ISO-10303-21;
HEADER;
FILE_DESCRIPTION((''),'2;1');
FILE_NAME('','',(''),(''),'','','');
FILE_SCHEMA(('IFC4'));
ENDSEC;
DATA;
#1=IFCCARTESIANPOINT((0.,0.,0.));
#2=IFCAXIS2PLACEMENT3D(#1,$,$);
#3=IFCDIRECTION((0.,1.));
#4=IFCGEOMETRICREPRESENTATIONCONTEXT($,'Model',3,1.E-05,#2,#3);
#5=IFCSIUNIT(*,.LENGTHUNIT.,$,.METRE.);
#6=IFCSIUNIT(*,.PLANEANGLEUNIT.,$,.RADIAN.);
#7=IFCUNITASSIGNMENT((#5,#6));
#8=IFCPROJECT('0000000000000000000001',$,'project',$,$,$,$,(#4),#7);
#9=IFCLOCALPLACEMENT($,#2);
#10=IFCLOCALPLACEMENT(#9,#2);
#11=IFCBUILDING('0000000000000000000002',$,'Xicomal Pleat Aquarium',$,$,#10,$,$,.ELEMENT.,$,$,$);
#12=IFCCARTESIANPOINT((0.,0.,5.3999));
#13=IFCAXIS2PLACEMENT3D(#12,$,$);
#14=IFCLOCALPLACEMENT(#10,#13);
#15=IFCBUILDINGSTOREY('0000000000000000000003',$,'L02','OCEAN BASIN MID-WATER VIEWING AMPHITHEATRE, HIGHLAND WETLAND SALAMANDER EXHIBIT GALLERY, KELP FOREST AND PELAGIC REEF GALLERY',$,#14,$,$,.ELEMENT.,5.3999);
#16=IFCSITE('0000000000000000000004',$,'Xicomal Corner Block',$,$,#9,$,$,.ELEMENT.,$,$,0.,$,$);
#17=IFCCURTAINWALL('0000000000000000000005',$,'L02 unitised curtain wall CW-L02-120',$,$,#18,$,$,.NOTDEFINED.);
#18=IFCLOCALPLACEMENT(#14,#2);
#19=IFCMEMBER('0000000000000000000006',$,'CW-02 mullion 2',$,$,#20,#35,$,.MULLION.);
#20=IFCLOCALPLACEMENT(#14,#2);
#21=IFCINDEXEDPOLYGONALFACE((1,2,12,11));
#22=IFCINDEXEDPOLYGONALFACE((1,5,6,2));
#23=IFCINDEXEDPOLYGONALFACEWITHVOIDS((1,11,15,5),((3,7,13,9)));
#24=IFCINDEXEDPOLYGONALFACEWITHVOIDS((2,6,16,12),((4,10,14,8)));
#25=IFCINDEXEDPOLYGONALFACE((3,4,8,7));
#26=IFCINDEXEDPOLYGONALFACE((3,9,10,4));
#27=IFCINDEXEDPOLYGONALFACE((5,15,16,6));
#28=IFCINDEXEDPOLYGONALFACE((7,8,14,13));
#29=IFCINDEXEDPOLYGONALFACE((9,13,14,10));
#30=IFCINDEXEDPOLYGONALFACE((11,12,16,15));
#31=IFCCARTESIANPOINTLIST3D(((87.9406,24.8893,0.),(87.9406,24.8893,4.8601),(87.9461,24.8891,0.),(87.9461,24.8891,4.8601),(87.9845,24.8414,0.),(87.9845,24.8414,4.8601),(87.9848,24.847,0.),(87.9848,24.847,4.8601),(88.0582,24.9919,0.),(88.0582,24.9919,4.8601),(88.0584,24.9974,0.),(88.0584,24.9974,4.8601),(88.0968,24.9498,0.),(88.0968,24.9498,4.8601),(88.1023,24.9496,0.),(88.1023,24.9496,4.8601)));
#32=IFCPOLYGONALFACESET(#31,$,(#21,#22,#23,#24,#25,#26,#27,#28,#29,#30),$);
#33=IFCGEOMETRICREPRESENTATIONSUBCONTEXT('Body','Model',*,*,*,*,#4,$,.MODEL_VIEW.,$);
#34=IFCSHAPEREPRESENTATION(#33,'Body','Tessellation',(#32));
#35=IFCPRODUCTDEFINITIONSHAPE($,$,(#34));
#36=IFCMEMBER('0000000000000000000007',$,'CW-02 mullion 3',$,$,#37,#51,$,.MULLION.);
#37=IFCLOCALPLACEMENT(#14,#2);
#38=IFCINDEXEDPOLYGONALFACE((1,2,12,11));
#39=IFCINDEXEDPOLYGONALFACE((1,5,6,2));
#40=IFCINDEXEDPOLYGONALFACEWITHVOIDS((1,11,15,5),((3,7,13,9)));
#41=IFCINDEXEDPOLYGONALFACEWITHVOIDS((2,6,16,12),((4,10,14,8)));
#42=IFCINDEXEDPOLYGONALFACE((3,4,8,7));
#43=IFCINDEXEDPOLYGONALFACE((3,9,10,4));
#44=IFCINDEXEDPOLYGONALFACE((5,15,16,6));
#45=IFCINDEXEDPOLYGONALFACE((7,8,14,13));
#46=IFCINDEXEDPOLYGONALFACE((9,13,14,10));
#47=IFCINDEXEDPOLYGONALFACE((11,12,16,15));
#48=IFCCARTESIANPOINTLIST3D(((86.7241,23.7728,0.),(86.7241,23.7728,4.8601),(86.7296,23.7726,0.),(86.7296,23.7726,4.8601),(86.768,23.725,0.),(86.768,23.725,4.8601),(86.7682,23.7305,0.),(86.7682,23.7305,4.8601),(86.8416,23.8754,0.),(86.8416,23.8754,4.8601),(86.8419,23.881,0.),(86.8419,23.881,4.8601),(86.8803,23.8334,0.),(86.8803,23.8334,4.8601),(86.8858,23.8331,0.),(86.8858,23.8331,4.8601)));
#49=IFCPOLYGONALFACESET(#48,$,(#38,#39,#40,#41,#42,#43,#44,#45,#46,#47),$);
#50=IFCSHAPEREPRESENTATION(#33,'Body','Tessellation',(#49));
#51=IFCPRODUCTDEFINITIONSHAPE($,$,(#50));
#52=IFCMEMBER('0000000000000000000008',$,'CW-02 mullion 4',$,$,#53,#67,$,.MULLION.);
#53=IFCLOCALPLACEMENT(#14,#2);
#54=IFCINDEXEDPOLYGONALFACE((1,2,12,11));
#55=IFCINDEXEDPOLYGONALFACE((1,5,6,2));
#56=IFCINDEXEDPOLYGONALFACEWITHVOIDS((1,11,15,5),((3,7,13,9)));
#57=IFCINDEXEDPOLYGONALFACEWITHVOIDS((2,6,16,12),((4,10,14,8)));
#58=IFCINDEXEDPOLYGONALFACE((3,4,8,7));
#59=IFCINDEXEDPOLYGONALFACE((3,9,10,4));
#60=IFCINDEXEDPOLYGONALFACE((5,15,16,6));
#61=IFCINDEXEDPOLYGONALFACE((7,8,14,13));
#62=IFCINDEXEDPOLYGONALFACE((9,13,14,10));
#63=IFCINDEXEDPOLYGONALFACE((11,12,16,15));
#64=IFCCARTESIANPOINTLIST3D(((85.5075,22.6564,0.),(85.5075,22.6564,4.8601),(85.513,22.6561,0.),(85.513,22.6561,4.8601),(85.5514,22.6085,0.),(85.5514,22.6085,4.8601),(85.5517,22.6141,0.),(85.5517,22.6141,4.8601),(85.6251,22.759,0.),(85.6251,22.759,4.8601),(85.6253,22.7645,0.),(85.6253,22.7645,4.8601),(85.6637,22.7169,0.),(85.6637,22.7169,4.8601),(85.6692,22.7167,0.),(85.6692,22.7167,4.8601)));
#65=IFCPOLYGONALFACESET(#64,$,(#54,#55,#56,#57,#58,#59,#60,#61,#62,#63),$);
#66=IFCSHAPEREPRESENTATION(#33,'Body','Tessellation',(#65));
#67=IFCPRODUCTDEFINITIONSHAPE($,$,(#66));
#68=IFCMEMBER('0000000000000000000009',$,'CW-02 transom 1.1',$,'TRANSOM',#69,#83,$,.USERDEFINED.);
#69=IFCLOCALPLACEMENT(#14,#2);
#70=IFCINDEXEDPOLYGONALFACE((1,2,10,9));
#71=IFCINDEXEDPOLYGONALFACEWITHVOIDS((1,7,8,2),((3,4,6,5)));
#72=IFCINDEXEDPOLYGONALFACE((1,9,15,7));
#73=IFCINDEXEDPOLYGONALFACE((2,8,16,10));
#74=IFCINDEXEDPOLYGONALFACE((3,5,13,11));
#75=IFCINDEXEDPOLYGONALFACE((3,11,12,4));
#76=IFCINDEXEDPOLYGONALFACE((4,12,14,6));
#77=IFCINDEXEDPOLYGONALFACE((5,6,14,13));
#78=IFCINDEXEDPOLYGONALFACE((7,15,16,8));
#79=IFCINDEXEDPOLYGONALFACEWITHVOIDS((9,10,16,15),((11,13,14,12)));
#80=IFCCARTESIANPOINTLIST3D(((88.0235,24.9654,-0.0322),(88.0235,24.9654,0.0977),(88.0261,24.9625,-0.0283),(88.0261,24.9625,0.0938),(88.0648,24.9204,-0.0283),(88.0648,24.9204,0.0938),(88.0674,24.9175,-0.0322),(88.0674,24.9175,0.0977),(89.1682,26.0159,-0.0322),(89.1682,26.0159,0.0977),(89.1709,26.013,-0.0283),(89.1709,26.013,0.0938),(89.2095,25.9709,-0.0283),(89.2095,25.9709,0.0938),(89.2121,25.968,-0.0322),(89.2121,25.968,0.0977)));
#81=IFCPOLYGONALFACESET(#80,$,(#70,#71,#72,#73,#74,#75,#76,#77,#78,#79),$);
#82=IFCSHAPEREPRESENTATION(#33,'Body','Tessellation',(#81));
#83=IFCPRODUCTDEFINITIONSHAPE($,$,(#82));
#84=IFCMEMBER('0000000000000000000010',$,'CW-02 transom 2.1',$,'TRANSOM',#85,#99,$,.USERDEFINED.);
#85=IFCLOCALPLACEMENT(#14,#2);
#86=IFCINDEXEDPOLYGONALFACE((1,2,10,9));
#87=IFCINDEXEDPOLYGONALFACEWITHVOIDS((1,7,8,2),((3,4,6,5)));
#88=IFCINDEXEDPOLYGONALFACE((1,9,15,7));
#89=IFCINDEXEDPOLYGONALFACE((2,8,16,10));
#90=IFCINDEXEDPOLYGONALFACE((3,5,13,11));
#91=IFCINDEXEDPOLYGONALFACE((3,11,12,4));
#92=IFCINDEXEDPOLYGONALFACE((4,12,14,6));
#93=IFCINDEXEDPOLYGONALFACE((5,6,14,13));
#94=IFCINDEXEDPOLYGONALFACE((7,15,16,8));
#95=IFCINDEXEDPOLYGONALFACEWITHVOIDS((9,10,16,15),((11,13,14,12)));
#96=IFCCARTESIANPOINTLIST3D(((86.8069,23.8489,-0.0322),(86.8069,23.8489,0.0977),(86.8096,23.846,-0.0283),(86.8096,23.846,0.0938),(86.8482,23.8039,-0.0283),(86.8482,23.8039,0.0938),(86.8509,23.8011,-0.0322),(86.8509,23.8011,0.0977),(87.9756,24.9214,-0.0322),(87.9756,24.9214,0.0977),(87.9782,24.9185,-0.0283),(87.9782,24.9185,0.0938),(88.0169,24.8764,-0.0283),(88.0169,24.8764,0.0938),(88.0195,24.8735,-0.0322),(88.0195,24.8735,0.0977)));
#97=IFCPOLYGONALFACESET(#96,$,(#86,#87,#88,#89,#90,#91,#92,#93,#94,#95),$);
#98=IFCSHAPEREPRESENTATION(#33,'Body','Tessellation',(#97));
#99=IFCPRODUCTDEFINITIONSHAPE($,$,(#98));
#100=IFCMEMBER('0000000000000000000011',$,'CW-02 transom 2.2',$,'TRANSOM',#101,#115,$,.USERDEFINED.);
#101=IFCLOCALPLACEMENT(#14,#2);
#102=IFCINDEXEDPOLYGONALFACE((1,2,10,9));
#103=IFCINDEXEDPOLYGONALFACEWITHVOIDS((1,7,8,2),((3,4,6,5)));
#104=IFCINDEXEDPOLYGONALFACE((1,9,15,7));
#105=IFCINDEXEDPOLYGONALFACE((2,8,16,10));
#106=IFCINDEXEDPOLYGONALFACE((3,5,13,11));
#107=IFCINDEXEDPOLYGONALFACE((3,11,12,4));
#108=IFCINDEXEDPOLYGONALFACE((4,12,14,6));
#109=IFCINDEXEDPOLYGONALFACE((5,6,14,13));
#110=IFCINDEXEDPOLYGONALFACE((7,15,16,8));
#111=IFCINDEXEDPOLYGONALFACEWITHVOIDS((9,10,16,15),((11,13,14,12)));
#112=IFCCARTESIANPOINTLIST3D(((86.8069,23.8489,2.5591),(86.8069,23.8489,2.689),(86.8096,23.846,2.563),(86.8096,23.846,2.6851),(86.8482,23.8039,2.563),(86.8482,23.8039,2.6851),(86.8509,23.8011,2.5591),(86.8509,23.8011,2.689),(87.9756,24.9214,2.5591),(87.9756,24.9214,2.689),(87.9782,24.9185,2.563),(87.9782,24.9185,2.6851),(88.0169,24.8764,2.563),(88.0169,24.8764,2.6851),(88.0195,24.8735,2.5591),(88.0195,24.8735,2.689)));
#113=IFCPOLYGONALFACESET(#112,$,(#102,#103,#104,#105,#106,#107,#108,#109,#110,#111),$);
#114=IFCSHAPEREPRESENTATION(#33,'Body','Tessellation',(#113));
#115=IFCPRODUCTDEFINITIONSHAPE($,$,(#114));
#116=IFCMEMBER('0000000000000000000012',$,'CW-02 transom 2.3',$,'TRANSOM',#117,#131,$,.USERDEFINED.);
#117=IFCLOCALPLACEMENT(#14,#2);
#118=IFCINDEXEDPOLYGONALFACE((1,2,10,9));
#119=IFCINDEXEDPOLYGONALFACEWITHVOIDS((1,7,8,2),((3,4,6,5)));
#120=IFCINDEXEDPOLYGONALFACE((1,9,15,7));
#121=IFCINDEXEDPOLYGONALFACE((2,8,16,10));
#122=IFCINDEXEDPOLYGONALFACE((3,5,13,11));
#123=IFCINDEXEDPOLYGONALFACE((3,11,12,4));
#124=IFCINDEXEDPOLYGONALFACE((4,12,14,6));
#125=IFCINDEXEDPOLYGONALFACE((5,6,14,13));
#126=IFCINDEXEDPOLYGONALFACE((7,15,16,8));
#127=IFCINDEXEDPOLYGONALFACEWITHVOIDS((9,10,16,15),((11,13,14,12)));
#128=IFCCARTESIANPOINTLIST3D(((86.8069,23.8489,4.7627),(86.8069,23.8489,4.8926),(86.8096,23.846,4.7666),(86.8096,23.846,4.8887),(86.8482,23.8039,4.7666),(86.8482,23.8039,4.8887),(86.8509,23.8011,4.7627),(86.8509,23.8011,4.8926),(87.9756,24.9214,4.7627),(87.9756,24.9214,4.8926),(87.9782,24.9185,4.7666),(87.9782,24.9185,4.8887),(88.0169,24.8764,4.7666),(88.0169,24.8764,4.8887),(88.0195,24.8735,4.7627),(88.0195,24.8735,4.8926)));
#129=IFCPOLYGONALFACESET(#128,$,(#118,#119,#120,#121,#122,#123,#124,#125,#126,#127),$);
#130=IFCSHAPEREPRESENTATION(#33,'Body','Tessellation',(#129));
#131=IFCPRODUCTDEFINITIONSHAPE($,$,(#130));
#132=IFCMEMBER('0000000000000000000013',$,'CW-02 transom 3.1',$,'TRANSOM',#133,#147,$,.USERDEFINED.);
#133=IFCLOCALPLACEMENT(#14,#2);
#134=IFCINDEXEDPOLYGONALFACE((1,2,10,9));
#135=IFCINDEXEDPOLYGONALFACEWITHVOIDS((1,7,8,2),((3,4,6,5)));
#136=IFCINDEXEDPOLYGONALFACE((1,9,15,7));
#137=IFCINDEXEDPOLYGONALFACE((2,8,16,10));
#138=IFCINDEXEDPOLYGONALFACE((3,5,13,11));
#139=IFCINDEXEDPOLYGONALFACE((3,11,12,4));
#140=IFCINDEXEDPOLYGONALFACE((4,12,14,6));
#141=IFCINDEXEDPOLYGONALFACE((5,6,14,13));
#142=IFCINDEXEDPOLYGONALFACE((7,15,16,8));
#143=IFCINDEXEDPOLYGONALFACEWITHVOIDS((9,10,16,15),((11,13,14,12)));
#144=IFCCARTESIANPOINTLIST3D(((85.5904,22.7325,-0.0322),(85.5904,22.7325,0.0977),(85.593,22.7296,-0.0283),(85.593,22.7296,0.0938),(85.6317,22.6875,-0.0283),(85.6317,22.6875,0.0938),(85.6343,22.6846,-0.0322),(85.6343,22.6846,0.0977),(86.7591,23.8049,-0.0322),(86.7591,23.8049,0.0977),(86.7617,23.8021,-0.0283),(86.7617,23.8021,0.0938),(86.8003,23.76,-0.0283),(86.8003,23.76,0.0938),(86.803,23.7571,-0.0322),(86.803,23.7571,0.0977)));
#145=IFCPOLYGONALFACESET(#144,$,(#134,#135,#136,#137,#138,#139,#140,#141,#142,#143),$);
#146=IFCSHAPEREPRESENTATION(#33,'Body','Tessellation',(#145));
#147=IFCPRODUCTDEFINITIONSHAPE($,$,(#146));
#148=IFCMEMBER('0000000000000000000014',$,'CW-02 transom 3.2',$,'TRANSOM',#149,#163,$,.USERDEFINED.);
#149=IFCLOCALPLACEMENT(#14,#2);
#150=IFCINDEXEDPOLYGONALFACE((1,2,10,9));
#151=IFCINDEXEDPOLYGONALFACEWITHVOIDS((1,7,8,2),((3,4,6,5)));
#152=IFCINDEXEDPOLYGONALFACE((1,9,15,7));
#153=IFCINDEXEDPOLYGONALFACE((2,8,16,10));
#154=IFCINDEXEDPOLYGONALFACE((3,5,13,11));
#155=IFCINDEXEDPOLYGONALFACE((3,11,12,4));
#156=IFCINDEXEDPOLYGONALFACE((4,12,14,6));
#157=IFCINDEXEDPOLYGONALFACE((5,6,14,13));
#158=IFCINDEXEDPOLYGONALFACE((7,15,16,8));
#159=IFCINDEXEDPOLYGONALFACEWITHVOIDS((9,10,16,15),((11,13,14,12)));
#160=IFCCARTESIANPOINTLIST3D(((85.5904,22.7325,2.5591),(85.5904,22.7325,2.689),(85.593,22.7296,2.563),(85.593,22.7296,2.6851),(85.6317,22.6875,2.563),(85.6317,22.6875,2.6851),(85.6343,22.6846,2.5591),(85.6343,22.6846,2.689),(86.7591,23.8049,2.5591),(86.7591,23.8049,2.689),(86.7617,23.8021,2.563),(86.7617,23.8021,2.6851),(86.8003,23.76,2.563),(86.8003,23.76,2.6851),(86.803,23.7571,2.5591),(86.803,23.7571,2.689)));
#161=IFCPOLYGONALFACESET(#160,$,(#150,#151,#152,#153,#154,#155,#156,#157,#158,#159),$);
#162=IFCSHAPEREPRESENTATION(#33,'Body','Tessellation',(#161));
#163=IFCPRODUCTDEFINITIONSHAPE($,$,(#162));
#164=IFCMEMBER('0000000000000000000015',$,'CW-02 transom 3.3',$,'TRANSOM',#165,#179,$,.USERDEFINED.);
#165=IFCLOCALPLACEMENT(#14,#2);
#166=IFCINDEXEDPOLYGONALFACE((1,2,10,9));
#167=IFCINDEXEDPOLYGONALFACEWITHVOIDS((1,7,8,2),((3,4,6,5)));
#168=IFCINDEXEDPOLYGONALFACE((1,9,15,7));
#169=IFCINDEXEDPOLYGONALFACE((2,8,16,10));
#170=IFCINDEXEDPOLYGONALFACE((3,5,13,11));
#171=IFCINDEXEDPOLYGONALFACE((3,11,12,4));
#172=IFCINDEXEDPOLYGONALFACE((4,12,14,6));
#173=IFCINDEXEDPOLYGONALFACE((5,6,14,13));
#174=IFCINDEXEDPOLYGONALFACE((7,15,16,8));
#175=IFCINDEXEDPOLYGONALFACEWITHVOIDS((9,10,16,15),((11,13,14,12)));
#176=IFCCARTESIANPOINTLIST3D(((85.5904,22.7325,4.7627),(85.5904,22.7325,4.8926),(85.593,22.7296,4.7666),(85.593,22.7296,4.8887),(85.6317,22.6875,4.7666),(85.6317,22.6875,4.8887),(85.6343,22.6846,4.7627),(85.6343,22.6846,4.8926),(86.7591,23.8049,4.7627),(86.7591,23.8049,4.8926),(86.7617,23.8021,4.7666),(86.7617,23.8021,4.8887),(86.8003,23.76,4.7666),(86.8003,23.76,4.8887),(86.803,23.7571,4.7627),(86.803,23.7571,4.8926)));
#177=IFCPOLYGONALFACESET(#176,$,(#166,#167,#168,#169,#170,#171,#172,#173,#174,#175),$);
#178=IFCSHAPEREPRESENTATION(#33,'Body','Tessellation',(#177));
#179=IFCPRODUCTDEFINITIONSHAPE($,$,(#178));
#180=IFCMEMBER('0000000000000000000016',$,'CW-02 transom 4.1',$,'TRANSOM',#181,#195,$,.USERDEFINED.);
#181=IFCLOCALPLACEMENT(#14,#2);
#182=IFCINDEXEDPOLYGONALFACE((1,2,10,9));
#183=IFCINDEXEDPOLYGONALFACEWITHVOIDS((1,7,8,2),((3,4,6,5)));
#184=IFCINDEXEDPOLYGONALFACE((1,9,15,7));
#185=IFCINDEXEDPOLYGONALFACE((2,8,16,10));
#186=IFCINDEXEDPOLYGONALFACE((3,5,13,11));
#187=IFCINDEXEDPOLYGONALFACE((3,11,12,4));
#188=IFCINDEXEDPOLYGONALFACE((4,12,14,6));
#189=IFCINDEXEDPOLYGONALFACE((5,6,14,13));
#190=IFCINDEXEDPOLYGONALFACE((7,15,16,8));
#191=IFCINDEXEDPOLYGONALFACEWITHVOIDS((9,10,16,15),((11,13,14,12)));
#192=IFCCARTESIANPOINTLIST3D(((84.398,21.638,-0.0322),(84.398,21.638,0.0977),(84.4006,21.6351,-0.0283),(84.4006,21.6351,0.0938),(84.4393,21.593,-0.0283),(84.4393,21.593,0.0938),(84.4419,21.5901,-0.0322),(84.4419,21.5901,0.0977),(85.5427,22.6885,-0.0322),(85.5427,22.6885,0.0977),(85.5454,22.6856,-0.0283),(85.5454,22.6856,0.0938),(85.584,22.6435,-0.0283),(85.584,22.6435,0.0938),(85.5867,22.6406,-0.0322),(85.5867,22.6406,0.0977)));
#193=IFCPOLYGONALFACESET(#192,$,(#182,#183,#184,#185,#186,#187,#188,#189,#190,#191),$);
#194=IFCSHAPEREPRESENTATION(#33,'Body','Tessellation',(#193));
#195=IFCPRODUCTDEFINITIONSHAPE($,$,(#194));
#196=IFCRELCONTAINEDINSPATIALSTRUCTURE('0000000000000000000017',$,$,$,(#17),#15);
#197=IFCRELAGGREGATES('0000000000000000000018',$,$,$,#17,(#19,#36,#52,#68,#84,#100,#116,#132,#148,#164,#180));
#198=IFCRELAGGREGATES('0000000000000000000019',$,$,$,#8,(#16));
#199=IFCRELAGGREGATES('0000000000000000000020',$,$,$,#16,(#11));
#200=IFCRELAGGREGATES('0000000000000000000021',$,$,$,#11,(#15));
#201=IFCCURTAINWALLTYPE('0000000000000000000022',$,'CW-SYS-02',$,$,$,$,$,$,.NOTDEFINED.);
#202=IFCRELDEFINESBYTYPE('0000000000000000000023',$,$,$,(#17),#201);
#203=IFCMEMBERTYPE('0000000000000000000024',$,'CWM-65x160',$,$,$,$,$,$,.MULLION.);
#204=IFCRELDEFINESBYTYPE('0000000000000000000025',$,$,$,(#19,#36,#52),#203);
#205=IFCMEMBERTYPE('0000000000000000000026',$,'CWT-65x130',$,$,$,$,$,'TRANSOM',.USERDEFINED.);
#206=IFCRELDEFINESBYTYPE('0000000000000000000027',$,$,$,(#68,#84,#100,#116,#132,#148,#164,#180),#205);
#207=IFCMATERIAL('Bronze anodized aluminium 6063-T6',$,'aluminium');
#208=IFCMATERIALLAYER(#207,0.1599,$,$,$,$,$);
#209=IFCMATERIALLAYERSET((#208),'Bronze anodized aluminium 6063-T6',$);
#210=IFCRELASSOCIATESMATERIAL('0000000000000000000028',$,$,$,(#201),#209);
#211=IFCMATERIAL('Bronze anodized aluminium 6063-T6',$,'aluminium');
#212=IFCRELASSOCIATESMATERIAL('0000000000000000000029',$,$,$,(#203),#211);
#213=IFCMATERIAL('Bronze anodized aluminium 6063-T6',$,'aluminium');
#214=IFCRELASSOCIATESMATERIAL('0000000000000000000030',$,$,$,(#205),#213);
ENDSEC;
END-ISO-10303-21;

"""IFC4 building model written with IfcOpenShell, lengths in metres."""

from ifc_helpers import new_model, si_unit, direction, frame, origin, origin_2d, place, context, subcontext, project, spatial, hollow_rectangle, extrude, material, layer, layer_set, material_profile, profile_set, type_object, element, aggregate, save


model = new_model("IFC4")

# Units and contexts
model_context = context("Model", 3, precision=1e-05, world=origin(), true_north=direction((0.0, 1.0)))
body_context = subcontext(model_context, "Body", "Model", "MODEL_VIEW")
ifc_project = project(units=[si_unit("LENGTHUNIT", "METRE"), si_unit("PLANEANGLEUNIT", "RADIAN")], contexts=[model_context])

# Site, building, storey
site_placement = place(None, origin())
site = spatial("IfcSite", under=ifc_project, at=site_placement, Name="Xicomal Corner Block", CompositionType="ELEMENT", RefElevation=0.0)
building_placement = place(site_placement, origin())
building = spatial("IfcBuilding", under=site, at=building_placement, Name="Xicomal Pleat Aquarium", CompositionType="ELEMENT")
storey_placement = place(building_placement, frame((0.0, 0.0, 5.3999)))
storey = spatial("IfcBuildingStorey", under=building, at=storey_placement, Name="L02", Description="OCEAN BASIN MID-WATER VIEWING AMPHITHEATRE, HIGHLAND WETLAND SALAMANDER EXHIBIT GALLERY, KELP FOREST AND PELAGIC REEF GALLERY", CompositionType="ELEMENT", Elevation=5.3999)

# Curtain wall, members
ifc_material_1 = material(Name="Bronze anodized aluminium 6063-T6", Category="aluminium")
ifc_layer_1 = layer(ifc_material_1, 0.1599)
ifc_layer_set_1 = layer_set([ifc_layer_1], Name="Bronze anodized aluminium 6063-T6")
curtain_wall_type = type_object("IfcCurtainWallType", Name="CW-SYS-02", PredefinedType="NOTDEFINED", material=ifc_layer_set_1)
curtain_wall_placement = place(storey_placement, origin())
curtain_wall = element("IfcCurtainWall", 1, at=curtain_wall_placement, inside=storey, type_object=curtain_wall_type, Name="L02 unitised curtain wall CW-L02-120", PredefinedType="NOTDEFINED")
ifc_material_2 = material(Name="Bronze anodized aluminium 6063-T6", Category="aluminium")
ifc_material_profile_1 = material_profile(ifc_material_2, hollow_rectangle(XDim=0.0649, YDim=0.1599, WallThickness=0.0039, at=origin_2d()), Name="ALU MULL 65x160")
ifc_profile_set_1 = profile_set([ifc_material_profile_1], Name="Bronze anodized aluminium 6063-T6")
member_type_1 = type_object("IfcMemberType", Name="CWM-65x160", PredefinedType="MULLION", material=ifc_profile_set_1)
member_1_placement = place(storey_placement, frame((88.0215, 24.9194, 0.0), z_axis=(0.0, 0.0, 1.0), x_axis=(0.676177, -0.736739, 0.0)))
member_1 = element("IfcMember", 2, at=member_1_placement, type_object=member_type_1, Name="CW-02 mullion 2", PredefinedType="MULLION", context=body_context, shape_type="SweptSolid", body=[
    extrude(hollow_rectangle(XDim=0.0649, YDim=0.1599, WallThickness=0.0039, at=origin_2d()), origin(), (0.0, 0.0, 1.0), 4.8601),
])
member_2_placement = place(storey_placement, frame((86.8049, 23.803, 0.0), z_axis=(0.0, 0.0, 1.0), x_axis=(0.676177, -0.736739, 0.0)))
member_2 = element("IfcMember", 3, at=member_2_placement, type_object=member_type_1, Name="CW-02 mullion 3", PredefinedType="MULLION", context=body_context, shape_type="SweptSolid", body=[
    extrude(hollow_rectangle(XDim=0.0649, YDim=0.1599, WallThickness=0.0039, at=origin_2d()), origin(), (0.0, 0.0, 1.0), 4.8601),
])
member_3_placement = place(storey_placement, frame((85.5884, 22.6865, 0.0), z_axis=(0.0, 0.0, 1.0), x_axis=(0.676177, -0.736739, 0.0)))
member_3 = element("IfcMember", 4, at=member_3_placement, type_object=member_type_1, Name="CW-02 mullion 4", PredefinedType="MULLION", context=body_context, shape_type="SweptSolid", body=[
    extrude(hollow_rectangle(XDim=0.0649, YDim=0.1599, WallThickness=0.0039, at=origin_2d()), origin(), (0.0, 0.0, 1.0), 4.8601),
])
ifc_material_3 = material(Name="Bronze anodized aluminium 6063-T6", Category="aluminium")
ifc_material_profile_2 = material_profile(ifc_material_3, hollow_rectangle(XDim=0.0649, YDim=0.1299, WallThickness=0.0039, at=origin_2d()), Name="ALU TRAN 65x130")
ifc_profile_set_2 = profile_set([ifc_material_profile_2], Name="Bronze anodized aluminium 6063-T6")
member_type_2 = type_object("IfcMemberType", Name="CWT-65x130", ElementType="TRANSOM", PredefinedType="USERDEFINED", material=ifc_profile_set_2)
member_4_placement = place(storey_placement, frame((89.1902, 25.9919, 0.0327), z_axis=(-0.736782, -0.67613, 0.0), x_axis=(0.67613, -0.736782, 0.0)))
member_4 = element("IfcMember", 5, at=member_4_placement, type_object=member_type_2, Name="CW-02 transom 1.1", ObjectType="TRANSOM", PredefinedType="USERDEFINED", context=body_context, shape_type="SweptSolid", body=[
    extrude(hollow_rectangle(XDim=0.0649, YDim=0.1299, WallThickness=0.0039, at=origin_2d()), origin(), (0.0, 0.0, 1.0), 1.5537),
])
member_5_placement = place(storey_placement, frame((87.9976, 24.8975, 0.0327), z_axis=(-0.736777, -0.676136, 0.0), x_axis=(0.676136, -0.736777, 0.0)))
member_5 = element("IfcMember", 6, at=member_5_placement, type_object=member_type_2, Name="CW-02 transom 2.1", ObjectType="TRANSOM", PredefinedType="USERDEFINED", context=body_context, shape_type="SweptSolid", body=[
    extrude(hollow_rectangle(XDim=0.0649, YDim=0.1299, WallThickness=0.0039, at=origin_2d()), origin(), (0.0, 0.0, 1.0), 1.5862),
])
member_6_placement = place(storey_placement, frame((87.9976, 24.8975, 2.624), z_axis=(-0.736777, -0.676136, 0.0), x_axis=(0.676136, -0.736777, 0.0)))
member_6 = element("IfcMember", 7, at=member_6_placement, type_object=member_type_2, Name="CW-02 transom 2.2", ObjectType="TRANSOM", PredefinedType="USERDEFINED", context=body_context, shape_type="SweptSolid", body=[
    extrude(hollow_rectangle(XDim=0.0649, YDim=0.1299, WallThickness=0.0039, at=origin_2d()), origin(), (0.0, 0.0, 1.0), 1.5862),
])
member_7_placement = place(storey_placement, frame((87.9976, 24.8975, 4.8276), z_axis=(-0.736777, -0.676136, 0.0), x_axis=(0.676136, -0.736777, 0.0)))
member_7 = element("IfcMember", 8, at=member_7_placement, type_object=member_type_2, Name="CW-02 transom 2.3", ObjectType="TRANSOM", PredefinedType="USERDEFINED", context=body_context, shape_type="SweptSolid", body=[
    extrude(hollow_rectangle(XDim=0.0649, YDim=0.1299, WallThickness=0.0039, at=origin_2d()), origin(), (0.0, 0.0, 1.0), 1.5862),
])
member_8_placement = place(storey_placement, frame((86.781, 23.781, 0.0327), z_axis=(-0.736777, -0.676136, 0.0), x_axis=(0.676136, -0.736777, 0.0)))
member_8 = element("IfcMember", 9, at=member_8_placement, type_object=member_type_2, Name="CW-02 transom 3.1", ObjectType="TRANSOM", PredefinedType="USERDEFINED", context=body_context, shape_type="SweptSolid", body=[
    extrude(hollow_rectangle(XDim=0.0649, YDim=0.1299, WallThickness=0.0039, at=origin_2d()), origin(), (0.0, 0.0, 1.0), 1.5862),
])
member_9_placement = place(storey_placement, frame((86.781, 23.781, 2.624), z_axis=(-0.736777, -0.676136, 0.0), x_axis=(0.676136, -0.736777, 0.0)))
member_9 = element("IfcMember", 10, at=member_9_placement, type_object=member_type_2, Name="CW-02 transom 3.2", ObjectType="TRANSOM", PredefinedType="USERDEFINED", context=body_context, shape_type="SweptSolid", body=[
    extrude(hollow_rectangle(XDim=0.0649, YDim=0.1299, WallThickness=0.0039, at=origin_2d()), origin(), (0.0, 0.0, 1.0), 1.5862),
])
member_10_placement = place(storey_placement, frame((86.781, 23.781, 4.8276), z_axis=(-0.736777, -0.676136, 0.0), x_axis=(0.676136, -0.736777, 0.0)))
member_10 = element("IfcMember", 11, at=member_10_placement, type_object=member_type_2, Name="CW-02 transom 3.3", ObjectType="TRANSOM", PredefinedType="USERDEFINED", context=body_context, shape_type="SweptSolid", body=[
    extrude(hollow_rectangle(XDim=0.0649, YDim=0.1299, WallThickness=0.0039, at=origin_2d()), origin(), (0.0, 0.0, 1.0), 1.5862),
])
member_11_placement = place(storey_placement, frame((85.5647, 22.6646, 0.0327), z_axis=(-0.736782, -0.67613, 0.0), x_axis=(0.67613, -0.736782, 0.0)))
member_11 = element("IfcMember", 12, at=member_11_placement, type_object=member_type_2, Name="CW-02 transom 4.1", ObjectType="TRANSOM", PredefinedType="USERDEFINED", context=body_context, shape_type="SweptSolid", body=[
    extrude(hollow_rectangle(XDim=0.0649, YDim=0.1299, WallThickness=0.0039, at=origin_2d()), origin(), (0.0, 0.0, 1.0), 1.5537),
])
aggregate(curtain_wall, [member_1, member_2, member_3, member_4, member_5, member_6, member_7, member_8, member_9, member_10, member_11])

save(model, "model.ifc")
